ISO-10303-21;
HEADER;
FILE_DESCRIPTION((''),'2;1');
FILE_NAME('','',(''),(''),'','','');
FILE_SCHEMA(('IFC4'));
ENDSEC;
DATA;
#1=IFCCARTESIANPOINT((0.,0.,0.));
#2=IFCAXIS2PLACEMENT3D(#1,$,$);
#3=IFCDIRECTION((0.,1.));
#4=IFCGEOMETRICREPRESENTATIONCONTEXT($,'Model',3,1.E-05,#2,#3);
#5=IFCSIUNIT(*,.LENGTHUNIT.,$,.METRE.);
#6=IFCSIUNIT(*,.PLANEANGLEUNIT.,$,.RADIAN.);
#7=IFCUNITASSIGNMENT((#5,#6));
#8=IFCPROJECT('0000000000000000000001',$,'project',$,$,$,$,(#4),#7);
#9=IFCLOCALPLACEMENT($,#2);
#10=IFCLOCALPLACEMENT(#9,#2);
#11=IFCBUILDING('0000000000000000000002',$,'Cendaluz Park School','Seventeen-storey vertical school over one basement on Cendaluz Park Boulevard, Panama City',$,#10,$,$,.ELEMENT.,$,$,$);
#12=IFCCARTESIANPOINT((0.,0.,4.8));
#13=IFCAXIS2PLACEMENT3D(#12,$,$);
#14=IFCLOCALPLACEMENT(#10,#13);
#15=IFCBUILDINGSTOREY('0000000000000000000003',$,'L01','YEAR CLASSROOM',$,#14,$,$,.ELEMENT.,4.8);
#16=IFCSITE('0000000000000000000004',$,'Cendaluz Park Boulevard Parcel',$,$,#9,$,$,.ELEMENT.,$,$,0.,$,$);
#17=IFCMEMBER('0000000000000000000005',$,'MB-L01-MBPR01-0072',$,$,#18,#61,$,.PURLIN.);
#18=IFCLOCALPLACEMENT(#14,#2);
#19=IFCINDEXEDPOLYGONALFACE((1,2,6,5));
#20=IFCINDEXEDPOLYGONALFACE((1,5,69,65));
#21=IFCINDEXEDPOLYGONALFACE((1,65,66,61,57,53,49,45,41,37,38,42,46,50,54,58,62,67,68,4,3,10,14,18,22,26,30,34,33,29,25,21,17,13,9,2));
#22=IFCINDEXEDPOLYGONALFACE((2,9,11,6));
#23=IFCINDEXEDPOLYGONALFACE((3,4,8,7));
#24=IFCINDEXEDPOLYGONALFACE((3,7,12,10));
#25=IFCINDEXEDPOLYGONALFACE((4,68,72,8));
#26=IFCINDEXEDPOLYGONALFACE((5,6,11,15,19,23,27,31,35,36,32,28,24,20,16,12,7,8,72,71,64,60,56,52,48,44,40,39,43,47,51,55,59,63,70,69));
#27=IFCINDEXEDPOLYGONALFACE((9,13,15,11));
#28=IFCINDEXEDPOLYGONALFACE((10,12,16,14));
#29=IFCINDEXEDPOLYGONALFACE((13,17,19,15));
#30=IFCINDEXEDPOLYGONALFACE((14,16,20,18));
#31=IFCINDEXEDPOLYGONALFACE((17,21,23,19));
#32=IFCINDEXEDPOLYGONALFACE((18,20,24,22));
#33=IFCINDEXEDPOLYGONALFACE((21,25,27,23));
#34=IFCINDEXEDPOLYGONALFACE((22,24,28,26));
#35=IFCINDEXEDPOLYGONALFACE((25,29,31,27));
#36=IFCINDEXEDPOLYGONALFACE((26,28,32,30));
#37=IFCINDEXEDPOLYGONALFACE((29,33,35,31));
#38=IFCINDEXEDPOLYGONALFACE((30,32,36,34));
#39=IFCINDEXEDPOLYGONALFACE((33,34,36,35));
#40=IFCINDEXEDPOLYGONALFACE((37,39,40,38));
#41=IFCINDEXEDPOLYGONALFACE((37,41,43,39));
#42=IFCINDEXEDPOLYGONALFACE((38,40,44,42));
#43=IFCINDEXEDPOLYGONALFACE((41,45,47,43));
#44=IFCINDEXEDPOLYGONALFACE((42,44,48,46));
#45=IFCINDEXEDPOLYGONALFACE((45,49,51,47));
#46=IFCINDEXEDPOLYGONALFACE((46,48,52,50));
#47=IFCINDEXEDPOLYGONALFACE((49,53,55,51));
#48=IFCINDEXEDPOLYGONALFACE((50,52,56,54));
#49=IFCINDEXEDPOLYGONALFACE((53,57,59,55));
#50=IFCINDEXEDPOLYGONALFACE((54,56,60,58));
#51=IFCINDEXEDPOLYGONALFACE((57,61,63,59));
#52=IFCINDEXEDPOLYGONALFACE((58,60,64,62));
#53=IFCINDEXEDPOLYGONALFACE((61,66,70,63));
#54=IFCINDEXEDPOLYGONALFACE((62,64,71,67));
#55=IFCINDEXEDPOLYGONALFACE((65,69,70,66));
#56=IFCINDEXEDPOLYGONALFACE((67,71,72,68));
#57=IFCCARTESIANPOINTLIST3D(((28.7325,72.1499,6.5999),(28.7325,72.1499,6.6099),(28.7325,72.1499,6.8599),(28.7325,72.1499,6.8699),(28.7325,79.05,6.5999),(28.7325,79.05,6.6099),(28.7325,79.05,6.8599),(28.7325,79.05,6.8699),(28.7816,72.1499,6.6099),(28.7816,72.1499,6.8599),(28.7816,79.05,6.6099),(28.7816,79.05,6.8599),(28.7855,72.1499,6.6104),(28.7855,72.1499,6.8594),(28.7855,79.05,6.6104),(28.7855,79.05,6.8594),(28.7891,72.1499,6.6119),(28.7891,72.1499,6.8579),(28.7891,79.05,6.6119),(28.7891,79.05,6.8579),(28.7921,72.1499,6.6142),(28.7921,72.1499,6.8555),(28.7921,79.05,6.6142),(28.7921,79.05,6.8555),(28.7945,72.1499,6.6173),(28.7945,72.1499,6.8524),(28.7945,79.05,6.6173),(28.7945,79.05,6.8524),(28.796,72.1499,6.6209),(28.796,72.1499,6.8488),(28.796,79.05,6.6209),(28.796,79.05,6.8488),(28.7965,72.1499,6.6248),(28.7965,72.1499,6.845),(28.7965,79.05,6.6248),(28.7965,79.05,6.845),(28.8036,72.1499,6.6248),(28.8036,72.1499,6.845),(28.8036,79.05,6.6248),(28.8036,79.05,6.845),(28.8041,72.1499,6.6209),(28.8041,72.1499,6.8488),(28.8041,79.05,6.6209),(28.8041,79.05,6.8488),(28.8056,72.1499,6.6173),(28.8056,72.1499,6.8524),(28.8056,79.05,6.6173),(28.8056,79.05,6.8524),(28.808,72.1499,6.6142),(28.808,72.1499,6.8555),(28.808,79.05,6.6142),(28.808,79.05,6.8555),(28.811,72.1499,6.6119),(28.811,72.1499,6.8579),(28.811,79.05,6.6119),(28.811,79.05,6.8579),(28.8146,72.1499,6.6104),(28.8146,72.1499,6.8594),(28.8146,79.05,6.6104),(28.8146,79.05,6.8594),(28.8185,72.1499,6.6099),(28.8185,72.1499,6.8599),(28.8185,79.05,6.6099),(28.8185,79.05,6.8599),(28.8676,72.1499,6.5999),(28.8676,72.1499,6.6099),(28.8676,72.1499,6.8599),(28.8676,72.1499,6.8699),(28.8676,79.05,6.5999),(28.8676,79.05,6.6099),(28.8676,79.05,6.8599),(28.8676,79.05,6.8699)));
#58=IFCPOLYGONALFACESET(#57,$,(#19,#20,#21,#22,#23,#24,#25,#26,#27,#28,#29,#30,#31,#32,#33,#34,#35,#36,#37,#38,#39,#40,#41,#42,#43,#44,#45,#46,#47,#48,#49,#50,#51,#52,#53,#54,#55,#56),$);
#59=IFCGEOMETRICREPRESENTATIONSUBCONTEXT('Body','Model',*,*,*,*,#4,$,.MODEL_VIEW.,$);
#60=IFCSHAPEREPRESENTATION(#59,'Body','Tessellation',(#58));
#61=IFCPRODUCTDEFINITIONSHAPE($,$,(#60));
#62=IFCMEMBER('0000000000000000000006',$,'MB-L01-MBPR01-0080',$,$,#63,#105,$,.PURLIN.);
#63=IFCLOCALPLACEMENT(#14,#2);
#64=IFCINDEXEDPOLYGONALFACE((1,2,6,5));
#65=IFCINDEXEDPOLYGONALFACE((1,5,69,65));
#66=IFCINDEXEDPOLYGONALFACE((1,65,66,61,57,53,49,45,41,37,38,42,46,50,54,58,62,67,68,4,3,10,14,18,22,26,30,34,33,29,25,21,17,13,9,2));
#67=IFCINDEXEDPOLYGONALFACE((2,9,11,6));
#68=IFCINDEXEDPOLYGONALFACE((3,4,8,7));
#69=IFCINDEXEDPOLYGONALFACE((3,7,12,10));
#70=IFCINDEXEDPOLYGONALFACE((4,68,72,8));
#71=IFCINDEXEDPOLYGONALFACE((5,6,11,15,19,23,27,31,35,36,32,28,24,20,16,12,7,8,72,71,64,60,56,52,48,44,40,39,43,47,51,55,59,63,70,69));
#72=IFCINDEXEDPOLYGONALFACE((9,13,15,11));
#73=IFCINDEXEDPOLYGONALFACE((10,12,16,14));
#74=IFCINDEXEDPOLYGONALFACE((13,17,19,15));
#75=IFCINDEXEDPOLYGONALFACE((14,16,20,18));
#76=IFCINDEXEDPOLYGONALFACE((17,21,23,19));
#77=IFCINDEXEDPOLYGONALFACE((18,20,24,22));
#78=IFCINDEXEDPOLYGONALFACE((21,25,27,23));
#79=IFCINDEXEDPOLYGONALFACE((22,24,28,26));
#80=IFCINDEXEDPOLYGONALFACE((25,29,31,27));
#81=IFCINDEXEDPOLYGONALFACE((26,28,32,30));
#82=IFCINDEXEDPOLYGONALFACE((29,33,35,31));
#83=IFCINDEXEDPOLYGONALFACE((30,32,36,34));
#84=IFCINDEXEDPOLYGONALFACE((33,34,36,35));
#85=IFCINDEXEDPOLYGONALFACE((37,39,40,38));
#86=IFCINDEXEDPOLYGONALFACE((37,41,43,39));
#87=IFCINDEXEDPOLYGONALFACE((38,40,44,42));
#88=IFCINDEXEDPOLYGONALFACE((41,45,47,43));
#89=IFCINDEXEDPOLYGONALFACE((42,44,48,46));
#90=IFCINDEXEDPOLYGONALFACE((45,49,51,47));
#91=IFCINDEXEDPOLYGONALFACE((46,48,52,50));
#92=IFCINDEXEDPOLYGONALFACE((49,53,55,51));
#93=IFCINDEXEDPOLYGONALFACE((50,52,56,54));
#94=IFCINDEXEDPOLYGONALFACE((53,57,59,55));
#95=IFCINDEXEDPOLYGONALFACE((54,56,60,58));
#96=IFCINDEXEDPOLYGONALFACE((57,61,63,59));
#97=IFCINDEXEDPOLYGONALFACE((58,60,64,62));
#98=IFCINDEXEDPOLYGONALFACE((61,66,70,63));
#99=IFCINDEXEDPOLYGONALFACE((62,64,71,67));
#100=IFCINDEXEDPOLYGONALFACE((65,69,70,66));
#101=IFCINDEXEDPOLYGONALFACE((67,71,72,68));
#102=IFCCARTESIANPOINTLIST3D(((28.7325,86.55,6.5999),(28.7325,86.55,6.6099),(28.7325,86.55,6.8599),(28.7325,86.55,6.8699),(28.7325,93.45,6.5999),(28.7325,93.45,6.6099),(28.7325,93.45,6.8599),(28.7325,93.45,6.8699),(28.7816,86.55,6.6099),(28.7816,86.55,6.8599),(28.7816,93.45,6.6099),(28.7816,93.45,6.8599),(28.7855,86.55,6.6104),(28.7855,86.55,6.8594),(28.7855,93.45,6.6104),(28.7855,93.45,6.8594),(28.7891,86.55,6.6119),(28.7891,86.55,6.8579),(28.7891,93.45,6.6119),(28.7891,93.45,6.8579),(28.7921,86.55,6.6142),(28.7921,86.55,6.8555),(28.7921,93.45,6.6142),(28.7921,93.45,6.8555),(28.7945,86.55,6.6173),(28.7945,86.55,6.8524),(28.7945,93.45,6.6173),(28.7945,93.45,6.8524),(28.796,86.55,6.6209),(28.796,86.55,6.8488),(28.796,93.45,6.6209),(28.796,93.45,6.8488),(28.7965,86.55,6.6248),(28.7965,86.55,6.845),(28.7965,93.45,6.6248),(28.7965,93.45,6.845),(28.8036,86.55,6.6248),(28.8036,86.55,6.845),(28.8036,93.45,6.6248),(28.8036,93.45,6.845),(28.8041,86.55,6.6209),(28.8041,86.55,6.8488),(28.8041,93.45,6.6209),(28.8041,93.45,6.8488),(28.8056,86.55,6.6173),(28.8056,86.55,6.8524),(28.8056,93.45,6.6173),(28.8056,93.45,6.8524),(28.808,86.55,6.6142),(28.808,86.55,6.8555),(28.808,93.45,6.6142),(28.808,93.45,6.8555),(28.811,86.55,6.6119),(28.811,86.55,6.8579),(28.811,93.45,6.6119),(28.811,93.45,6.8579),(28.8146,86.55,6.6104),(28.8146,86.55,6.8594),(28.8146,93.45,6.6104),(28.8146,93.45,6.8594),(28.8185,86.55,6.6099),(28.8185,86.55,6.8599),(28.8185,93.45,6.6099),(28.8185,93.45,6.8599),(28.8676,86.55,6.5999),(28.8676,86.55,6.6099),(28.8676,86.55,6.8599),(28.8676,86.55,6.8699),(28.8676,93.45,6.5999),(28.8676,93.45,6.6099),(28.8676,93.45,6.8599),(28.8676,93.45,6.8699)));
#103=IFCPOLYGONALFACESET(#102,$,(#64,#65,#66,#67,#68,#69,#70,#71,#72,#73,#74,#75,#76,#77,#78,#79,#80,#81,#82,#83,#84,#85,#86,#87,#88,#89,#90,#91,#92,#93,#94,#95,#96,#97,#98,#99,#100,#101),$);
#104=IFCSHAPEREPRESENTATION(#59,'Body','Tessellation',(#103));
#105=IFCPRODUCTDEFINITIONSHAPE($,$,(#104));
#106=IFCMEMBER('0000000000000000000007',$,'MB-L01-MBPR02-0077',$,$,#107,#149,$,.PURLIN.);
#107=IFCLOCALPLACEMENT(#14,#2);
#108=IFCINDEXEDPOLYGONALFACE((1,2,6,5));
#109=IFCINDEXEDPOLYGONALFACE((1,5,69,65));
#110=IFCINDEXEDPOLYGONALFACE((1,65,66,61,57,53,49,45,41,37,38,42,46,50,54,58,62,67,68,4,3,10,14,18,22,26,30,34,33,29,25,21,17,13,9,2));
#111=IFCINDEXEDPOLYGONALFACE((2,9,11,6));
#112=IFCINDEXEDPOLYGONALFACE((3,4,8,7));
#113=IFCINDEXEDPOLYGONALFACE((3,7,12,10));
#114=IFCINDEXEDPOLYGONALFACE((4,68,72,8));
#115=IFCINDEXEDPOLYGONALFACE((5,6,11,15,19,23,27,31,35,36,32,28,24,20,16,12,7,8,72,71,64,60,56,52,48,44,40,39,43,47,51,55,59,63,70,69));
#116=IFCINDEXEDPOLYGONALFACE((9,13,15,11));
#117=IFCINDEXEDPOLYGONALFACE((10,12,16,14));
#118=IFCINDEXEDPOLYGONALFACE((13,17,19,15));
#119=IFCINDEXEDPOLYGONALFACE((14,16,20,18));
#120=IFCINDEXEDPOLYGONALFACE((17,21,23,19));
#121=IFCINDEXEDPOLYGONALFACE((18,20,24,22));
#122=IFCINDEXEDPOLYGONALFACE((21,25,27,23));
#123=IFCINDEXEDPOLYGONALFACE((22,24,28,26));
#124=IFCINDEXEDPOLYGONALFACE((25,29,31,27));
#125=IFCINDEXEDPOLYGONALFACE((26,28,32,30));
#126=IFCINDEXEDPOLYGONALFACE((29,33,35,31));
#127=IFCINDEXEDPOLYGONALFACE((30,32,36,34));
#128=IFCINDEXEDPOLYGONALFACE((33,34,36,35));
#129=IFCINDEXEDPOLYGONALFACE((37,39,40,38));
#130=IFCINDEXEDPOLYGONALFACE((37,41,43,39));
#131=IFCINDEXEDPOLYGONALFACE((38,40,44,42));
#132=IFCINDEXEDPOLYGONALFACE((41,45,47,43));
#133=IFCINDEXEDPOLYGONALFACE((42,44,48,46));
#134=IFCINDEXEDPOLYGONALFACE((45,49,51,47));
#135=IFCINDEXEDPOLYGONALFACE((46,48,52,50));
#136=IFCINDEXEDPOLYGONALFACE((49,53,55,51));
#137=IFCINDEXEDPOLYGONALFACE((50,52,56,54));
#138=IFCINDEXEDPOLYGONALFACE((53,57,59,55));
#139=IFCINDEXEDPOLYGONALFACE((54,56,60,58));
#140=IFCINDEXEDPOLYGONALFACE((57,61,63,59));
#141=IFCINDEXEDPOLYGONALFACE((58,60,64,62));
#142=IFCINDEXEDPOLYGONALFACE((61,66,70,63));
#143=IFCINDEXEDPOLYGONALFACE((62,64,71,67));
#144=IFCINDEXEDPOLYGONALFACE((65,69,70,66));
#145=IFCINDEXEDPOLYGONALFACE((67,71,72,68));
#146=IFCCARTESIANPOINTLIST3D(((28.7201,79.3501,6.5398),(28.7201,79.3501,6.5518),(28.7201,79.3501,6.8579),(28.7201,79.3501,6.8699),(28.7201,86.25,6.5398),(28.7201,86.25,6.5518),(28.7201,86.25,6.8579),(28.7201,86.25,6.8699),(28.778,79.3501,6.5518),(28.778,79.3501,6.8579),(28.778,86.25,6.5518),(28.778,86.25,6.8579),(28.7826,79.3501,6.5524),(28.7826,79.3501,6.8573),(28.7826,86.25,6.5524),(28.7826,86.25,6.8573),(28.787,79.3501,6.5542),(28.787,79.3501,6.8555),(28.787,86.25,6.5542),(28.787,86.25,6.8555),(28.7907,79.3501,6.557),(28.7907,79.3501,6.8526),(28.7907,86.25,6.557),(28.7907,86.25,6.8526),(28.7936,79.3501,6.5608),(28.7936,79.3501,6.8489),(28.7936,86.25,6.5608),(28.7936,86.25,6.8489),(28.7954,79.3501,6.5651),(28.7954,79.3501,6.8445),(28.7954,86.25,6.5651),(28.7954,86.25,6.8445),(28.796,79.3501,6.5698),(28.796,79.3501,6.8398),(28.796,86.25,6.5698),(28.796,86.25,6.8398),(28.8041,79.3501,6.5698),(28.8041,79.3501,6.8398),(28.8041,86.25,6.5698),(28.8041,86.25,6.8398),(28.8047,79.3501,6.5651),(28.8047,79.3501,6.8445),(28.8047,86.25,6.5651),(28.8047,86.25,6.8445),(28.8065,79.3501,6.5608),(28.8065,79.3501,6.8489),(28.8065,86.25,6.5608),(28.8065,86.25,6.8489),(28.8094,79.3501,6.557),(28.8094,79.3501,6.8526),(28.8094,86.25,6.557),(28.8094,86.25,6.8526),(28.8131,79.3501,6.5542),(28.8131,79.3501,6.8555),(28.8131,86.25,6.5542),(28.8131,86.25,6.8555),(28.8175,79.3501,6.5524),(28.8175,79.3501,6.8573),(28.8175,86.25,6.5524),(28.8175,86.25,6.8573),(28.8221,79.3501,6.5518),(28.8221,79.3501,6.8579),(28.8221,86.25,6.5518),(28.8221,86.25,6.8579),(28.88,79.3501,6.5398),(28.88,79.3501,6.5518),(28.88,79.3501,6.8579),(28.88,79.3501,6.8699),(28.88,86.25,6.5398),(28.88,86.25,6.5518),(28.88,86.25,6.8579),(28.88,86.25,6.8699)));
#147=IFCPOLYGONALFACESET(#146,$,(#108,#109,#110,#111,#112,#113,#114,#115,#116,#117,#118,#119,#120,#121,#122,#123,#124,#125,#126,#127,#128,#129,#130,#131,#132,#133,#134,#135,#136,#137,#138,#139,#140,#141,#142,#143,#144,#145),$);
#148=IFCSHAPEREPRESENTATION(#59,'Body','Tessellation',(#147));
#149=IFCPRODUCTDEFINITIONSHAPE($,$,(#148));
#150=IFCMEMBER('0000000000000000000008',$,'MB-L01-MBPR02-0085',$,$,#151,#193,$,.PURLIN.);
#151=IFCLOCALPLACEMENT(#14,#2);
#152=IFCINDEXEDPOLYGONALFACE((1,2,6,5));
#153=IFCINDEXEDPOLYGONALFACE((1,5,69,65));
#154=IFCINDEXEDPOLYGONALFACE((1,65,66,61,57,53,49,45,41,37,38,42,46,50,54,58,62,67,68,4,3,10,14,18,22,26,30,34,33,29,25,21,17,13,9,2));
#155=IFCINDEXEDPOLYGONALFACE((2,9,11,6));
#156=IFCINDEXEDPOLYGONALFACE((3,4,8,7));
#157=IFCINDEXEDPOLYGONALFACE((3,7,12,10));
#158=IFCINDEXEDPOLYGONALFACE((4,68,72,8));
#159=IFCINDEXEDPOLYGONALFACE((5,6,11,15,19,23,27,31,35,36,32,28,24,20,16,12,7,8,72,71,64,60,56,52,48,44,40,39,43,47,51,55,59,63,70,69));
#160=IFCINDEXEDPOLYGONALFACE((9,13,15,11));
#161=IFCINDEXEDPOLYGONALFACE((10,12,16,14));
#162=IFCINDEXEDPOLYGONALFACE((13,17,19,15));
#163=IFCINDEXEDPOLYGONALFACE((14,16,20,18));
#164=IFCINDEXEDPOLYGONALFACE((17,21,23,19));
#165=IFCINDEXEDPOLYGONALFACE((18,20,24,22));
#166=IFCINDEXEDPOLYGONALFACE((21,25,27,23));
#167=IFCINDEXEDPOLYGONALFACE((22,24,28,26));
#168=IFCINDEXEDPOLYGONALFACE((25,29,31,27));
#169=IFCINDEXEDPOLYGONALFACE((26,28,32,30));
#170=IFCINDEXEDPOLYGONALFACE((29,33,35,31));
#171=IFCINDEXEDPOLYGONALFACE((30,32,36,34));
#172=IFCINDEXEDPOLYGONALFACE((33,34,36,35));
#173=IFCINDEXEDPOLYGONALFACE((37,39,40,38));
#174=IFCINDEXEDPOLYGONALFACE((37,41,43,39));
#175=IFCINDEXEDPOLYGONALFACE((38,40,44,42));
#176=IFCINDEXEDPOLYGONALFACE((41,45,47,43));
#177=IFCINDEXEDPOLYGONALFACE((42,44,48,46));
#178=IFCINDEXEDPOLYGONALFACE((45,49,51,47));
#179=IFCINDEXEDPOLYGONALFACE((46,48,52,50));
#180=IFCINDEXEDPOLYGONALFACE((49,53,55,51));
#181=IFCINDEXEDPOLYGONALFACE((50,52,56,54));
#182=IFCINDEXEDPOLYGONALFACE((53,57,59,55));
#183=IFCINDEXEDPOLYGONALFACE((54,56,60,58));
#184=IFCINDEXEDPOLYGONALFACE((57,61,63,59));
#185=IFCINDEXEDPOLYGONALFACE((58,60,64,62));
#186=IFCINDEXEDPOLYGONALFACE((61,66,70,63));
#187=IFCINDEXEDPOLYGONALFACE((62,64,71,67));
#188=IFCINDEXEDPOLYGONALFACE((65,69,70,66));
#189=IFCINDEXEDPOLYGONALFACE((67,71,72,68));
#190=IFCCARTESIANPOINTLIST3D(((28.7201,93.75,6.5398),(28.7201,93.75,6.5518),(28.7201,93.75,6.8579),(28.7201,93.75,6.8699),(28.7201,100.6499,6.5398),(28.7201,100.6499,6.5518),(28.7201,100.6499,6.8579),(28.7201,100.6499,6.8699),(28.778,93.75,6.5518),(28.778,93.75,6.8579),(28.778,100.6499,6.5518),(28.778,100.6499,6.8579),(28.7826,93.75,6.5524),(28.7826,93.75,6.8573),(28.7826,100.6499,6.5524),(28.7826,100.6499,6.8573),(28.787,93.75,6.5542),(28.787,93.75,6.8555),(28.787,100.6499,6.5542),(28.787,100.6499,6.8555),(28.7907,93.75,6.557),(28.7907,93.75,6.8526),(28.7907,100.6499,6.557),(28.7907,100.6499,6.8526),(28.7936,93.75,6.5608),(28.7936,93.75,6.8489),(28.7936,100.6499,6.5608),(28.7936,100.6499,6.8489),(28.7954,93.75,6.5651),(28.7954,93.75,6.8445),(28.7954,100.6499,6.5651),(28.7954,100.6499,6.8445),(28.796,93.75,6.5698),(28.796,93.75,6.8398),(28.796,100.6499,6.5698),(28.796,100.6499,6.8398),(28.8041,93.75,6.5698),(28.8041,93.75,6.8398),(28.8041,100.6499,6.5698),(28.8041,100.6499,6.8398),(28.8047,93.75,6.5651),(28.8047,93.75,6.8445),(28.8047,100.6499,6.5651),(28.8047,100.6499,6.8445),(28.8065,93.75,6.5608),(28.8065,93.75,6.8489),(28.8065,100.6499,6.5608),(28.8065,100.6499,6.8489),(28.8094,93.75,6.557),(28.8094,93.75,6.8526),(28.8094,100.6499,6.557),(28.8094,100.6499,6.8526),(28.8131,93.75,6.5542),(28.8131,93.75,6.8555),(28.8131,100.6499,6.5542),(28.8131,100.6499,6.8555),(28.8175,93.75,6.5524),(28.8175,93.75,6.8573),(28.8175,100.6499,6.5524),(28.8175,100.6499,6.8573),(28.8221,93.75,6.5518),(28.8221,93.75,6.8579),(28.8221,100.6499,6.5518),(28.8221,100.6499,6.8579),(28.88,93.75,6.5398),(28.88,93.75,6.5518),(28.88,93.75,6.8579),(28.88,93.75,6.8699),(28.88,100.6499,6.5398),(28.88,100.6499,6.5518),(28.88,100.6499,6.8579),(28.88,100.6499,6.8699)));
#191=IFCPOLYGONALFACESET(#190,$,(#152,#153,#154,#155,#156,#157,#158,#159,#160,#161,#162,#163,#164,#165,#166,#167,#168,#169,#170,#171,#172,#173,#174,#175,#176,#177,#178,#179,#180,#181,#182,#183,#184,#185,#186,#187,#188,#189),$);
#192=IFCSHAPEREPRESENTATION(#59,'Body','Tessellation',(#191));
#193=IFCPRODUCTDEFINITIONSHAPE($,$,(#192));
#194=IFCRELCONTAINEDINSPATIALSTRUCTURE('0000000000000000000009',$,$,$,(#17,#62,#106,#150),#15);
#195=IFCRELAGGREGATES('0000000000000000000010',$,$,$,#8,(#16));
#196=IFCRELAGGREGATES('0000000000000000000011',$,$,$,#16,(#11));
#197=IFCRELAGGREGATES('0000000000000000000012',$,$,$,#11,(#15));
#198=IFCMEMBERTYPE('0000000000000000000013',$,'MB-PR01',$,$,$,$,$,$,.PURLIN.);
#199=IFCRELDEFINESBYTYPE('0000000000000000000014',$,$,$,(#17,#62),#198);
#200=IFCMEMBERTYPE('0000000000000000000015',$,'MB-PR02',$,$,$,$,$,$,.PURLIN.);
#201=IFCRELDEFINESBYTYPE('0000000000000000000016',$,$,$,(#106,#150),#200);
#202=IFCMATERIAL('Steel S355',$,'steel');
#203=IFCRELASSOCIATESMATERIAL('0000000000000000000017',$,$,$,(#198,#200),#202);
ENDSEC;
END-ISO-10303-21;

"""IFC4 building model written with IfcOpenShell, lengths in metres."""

from ifc_helpers import new_model, si_unit, direction, frame, origin, origin_2d, place, context, subcontext, project, spatial, i_section, extrude, material, material_profile, profile_set, type_object, element, save


model = new_model("IFC4")

# Units and contexts
model_context = context("Model", 3, precision=1e-05, world=origin(), true_north=direction((0.0, 1.0)))
body_context = subcontext(model_context, "Body", "Model", "MODEL_VIEW")
ifc_project = project(units=[si_unit("LENGTHUNIT", "METRE"), si_unit("PLANEANGLEUNIT", "RADIAN")], contexts=[model_context])

# Site, building, storey
site_placement = place(None, origin())
site = spatial("IfcSite", under=ifc_project, at=site_placement, Name="Cendaluz Park Boulevard Parcel", CompositionType="ELEMENT", RefElevation=0.0)
building_placement = place(site_placement, origin())
building = spatial("IfcBuilding", under=site, at=building_placement, Name="Cendaluz Park School", Description="Seventeen-storey vertical school over one basement on Cendaluz Park Boulevard, Panama City", CompositionType="ELEMENT")
storey_placement = place(building_placement, frame((0.0, 0.0, 4.8)))
storey = spatial("IfcBuildingStorey", under=building, at=storey_placement, Name="L01", Description="YEAR CLASSROOM", CompositionType="ELEMENT", Elevation=4.8)

# Members
ifc_material_1 = material(Name="Steel S355", Category="steel")
ifc_material_profile_1 = material_profile(ifc_material_1, i_section(OverallWidth=0.135, OverallDepth=0.27, WebThickness=0.0071, FlangeThickness=0.01, FilletRadius=0.0149, at=origin_2d()), Name="IPE 270", Category="steel")
ifc_profile_set_1 = profile_set([ifc_material_profile_1], Name="Steel S355")
member_type_1 = type_object("IfcMemberType", Name="MB-PR01", PredefinedType="PURLIN", material=ifc_profile_set_1)
member_1_placement = place(storey_placement, frame((28.8, 72.1499, 6.7349), z_axis=(0.0, 1.0, 0.0), x_axis=(-1.0, 0.0, 0.0)))
element("IfcMember", 1, at=member_1_placement, inside=storey, type_object=member_type_1, Name="MB-L01-MBPR01-0072", PredefinedType="PURLIN", context=body_context, shape_type="SweptSolid", body=[
    extrude(i_section(OverallWidth=0.135, OverallDepth=0.27, WebThickness=0.0071, FlangeThickness=0.01, FilletRadius=0.0149, at=origin_2d()), origin(), (0.0, 0.0, 1.0), 6.9001),
])
member_2_placement = place(storey_placement, frame((28.8, 86.55, 6.7349), z_axis=(0.0, 1.0, 0.0), x_axis=(-1.0, 0.0, 0.0)))
element("IfcMember", 2, at=member_2_placement, inside=storey, type_object=member_type_1, Name="MB-L01-MBPR01-0080", PredefinedType="PURLIN", context=body_context, shape_type="SweptSolid", body=[
    extrude(i_section(OverallWidth=0.135, OverallDepth=0.27, WebThickness=0.0071, FlangeThickness=0.01, FilletRadius=0.0149, at=origin_2d()), origin(), (0.0, 0.0, 1.0), 6.8999),
])
ifc_material_profile_2 = material_profile(ifc_material_1, i_section(OverallWidth=0.1599, OverallDepth=0.3301, WebThickness=0.0081, FlangeThickness=0.012, FilletRadius=0.0181, at=origin_2d()), Name="IPE 330", Category="steel")
ifc_profile_set_2 = profile_set([ifc_material_profile_2], Name="Steel S355")
member_type_2 = type_object("IfcMemberType", Name="MB-PR02", PredefinedType="PURLIN", material=ifc_profile_set_2)
for number, where, z_axis, x_axis, name in (
    (3, (28.8, 79.3501, 6.7048), (0.0, 1.0, 0.0), (-1.0, 0.0, 0.0), "MB-L01-MBPR02-0077"),
    (4, (28.8, 93.75, 6.7048), (0.0, 1.0, 0.0), (-1.0, 0.0, 0.0), "MB-L01-MBPR02-0085"),
):
    element("IfcMember", number, at=place(storey_placement, frame(where, z_axis=z_axis, x_axis=x_axis)), inside=storey, type_object=member_type_2, Name=name, PredefinedType="PURLIN", context=body_context, shape_type="SweptSolid", body=[
        extrude(i_section(OverallWidth=0.1599, OverallDepth=0.3301, WebThickness=0.0081, FlangeThickness=0.012, FilletRadius=0.0181, at=origin_2d()), origin(), (0.0, 0.0, 1.0), 6.8999),
    ])

save(model, "model.ifc")
